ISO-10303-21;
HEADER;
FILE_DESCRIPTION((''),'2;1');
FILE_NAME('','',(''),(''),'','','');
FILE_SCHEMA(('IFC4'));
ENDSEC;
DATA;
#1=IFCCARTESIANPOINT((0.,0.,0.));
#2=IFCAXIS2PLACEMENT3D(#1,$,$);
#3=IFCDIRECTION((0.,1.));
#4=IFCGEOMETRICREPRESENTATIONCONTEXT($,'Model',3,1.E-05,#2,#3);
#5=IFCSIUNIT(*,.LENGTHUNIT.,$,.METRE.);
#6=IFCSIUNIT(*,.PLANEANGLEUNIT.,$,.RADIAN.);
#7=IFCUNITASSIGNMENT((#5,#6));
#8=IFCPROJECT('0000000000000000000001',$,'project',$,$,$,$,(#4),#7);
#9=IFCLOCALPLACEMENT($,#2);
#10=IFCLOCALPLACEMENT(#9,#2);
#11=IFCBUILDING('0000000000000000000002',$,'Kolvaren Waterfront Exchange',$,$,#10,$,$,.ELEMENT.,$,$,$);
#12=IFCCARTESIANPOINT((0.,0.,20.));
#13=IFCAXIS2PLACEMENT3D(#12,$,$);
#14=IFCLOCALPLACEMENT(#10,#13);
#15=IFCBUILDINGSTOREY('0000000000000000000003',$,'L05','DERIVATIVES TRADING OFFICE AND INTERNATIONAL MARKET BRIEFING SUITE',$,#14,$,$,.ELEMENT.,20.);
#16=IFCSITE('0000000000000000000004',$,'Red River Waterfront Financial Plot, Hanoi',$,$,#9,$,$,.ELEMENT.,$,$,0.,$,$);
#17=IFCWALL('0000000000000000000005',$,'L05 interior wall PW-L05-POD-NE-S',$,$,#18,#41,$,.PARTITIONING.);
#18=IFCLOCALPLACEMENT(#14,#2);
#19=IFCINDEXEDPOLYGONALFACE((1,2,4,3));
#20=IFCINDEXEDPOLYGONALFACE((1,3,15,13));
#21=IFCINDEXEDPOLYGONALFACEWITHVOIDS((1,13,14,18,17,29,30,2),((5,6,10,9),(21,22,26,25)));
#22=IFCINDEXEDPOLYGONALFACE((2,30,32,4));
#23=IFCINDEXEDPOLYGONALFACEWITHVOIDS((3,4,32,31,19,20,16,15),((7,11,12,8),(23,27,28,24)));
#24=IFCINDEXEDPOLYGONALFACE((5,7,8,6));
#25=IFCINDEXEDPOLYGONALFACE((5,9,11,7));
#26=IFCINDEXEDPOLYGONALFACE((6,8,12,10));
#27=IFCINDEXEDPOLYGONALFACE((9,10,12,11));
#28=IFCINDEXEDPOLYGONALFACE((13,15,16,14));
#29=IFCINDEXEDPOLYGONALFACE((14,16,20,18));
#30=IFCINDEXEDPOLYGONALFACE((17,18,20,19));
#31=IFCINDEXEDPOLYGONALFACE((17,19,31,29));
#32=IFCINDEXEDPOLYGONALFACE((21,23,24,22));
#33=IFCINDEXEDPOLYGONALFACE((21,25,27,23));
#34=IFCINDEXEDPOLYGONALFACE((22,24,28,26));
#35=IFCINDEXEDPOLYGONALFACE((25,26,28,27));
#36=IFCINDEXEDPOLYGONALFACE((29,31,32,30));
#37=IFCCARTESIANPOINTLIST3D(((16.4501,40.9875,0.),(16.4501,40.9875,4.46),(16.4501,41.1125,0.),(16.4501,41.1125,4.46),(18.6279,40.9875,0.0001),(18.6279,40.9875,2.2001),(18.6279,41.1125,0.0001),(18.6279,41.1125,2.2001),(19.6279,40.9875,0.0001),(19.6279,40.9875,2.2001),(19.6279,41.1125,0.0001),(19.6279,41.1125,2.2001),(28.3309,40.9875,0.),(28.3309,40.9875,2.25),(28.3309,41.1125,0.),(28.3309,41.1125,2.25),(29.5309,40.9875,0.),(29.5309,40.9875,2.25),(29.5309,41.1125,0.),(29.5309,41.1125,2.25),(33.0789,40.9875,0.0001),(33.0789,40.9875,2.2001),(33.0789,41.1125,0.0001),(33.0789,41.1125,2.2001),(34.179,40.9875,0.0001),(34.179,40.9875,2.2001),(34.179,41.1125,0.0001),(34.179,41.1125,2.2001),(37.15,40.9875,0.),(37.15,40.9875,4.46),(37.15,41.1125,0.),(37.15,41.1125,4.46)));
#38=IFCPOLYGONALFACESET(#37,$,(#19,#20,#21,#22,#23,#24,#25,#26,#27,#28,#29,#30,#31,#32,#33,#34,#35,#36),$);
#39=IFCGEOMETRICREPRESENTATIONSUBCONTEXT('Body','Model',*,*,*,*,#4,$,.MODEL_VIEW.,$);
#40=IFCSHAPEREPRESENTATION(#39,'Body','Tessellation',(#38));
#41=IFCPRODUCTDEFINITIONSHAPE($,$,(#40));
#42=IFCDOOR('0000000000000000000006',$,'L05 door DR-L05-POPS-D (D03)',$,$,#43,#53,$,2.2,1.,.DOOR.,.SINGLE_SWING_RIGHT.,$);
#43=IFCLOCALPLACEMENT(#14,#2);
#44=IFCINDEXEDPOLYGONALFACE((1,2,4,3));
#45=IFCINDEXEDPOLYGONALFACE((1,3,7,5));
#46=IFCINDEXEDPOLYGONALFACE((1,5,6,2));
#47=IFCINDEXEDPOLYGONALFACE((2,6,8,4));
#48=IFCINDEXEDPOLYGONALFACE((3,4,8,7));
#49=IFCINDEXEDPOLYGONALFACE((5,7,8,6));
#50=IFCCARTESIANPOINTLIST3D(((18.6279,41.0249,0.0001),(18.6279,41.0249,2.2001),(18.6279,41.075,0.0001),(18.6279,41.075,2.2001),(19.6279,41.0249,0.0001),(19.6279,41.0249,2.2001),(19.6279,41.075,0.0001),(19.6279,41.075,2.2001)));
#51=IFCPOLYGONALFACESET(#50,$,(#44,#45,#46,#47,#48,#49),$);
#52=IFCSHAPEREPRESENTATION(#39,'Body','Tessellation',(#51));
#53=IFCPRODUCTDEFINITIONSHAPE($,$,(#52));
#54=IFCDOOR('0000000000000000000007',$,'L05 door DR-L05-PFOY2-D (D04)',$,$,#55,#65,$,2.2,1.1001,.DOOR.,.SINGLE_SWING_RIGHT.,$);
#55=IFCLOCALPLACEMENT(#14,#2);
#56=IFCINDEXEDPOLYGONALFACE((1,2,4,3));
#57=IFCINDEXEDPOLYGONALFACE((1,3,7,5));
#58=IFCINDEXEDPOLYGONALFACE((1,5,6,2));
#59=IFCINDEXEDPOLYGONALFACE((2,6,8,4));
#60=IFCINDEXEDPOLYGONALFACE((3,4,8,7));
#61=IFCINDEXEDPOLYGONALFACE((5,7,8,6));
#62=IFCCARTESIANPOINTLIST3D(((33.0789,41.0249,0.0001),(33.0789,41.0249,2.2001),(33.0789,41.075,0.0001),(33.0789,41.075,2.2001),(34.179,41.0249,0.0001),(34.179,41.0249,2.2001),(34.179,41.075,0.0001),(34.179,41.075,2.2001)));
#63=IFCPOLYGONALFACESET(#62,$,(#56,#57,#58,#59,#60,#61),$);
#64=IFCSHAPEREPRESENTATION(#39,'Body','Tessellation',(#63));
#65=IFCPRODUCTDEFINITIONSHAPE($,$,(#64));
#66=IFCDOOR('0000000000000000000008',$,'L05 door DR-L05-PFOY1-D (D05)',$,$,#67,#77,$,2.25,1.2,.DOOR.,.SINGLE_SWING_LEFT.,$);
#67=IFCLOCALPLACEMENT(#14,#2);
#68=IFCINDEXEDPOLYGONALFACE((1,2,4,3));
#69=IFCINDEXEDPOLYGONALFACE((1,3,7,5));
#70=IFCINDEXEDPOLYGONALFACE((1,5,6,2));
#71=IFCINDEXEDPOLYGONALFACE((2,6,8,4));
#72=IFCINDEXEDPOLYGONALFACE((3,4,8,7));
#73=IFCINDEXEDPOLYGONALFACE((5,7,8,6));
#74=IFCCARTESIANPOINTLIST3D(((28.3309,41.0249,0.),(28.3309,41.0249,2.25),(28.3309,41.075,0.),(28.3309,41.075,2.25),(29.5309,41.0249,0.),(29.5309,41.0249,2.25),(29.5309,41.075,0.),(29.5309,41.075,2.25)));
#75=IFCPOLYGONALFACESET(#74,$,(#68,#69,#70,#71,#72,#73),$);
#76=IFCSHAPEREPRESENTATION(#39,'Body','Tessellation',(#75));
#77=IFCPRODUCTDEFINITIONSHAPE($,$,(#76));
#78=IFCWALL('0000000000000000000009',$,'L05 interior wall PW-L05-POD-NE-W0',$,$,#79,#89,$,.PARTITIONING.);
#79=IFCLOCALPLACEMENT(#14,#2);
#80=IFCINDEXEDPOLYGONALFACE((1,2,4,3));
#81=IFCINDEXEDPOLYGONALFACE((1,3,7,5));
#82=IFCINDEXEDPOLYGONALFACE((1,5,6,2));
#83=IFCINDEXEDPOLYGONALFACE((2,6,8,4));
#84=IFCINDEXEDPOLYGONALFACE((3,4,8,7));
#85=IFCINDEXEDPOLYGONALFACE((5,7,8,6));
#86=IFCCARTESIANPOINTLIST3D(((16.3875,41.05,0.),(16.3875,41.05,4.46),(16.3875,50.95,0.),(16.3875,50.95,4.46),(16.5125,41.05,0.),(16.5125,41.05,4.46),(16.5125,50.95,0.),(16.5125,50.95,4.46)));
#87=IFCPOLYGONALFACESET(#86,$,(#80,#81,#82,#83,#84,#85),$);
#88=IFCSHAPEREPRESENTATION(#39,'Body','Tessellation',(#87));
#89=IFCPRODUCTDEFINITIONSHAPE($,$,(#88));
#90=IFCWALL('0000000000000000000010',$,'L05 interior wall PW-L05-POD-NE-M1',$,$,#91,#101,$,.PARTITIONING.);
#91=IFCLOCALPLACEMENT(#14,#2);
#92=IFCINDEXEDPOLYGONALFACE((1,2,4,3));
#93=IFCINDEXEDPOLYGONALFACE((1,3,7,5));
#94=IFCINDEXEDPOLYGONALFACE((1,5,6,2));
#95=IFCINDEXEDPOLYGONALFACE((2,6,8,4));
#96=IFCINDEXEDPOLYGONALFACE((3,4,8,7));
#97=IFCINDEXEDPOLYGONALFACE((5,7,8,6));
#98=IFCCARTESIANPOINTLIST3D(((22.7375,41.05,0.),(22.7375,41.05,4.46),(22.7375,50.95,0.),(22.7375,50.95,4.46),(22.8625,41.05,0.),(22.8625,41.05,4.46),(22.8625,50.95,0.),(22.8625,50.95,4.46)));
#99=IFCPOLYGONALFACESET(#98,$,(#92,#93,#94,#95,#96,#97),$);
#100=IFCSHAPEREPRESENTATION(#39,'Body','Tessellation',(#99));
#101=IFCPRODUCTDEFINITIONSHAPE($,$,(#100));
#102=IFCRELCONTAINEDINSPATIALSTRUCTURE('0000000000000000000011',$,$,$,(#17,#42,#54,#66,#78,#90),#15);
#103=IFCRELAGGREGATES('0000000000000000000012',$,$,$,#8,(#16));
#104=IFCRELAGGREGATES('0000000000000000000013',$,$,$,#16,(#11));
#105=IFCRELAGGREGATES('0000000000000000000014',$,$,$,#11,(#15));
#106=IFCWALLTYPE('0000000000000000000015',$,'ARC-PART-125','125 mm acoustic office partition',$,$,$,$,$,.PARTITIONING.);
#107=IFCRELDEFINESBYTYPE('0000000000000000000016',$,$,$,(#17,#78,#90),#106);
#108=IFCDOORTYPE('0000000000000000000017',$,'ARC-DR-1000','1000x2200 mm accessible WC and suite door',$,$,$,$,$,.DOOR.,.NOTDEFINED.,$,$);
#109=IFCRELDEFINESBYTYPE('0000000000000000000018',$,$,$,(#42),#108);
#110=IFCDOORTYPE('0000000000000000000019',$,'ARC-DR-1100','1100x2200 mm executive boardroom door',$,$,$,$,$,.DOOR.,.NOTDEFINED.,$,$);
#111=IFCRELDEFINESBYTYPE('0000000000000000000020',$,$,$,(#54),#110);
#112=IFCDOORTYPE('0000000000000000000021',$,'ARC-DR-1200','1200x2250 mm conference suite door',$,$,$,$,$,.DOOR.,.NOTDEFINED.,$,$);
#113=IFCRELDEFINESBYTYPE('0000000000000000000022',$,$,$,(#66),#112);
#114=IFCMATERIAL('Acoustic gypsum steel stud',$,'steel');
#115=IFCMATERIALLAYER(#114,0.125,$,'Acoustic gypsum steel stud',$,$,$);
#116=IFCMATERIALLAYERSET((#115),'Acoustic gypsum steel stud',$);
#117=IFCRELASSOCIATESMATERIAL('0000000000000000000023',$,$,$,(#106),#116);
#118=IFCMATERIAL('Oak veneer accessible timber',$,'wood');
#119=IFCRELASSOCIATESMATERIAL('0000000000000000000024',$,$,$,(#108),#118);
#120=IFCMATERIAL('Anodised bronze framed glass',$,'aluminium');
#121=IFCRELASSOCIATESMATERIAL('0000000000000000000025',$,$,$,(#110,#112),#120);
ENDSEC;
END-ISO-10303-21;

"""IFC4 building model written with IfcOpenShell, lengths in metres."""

from ifc_helpers import new_model, si_unit, direction, frame, frame_2d, origin, place, context, subcontext, project, spatial, rectangle, extrude, material, layer, layer_set, type_object, element, fill, save


model = new_model("IFC4")

# Units and contexts
model_context = context("Model", 3, precision=1e-05, world=origin(), true_north=direction((0.0, 1.0)))
body_context = subcontext(model_context, "Body", "Model", "MODEL_VIEW")
ifc_project = project(units=[si_unit("LENGTHUNIT", "METRE"), si_unit("PLANEANGLEUNIT", "RADIAN")], contexts=[model_context])

# Site, building, storey
site_placement = place(None, origin())
site = spatial("IfcSite", under=ifc_project, at=site_placement, Name="Red River Waterfront Financial Plot, Hanoi", CompositionType="ELEMENT", RefElevation=0.0)
building_placement = place(site_placement, origin())
building = spatial("IfcBuilding", under=site, at=building_placement, Name="Kolvaren Waterfront Exchange", CompositionType="ELEMENT")
storey_placement = place(building_placement, frame((0.0, 0.0, 20.0)))
storey = spatial("IfcBuildingStorey", under=building, at=storey_placement, Name="L05", Description="DERIVATIVES TRADING OFFICE AND INTERNATIONAL MARKET BRIEFING SUITE", CompositionType="ELEMENT", Elevation=20.0)

# Wall, openings, doors
ifc_material_1 = material(Name="Acoustic gypsum steel stud", Category="steel")
ifc_layer_1 = layer(ifc_material_1, 0.125, Name="Acoustic gypsum steel stud")
ifc_layer_set_1 = layer_set([ifc_layer_1], Name="Acoustic gypsum steel stud")
wall_type = type_object("IfcWallType", Name="ARC-PART-125", Description="125 mm acoustic office partition", PredefinedType="PARTITIONING", material=ifc_layer_set_1)
ifc_material_2 = material(Name="Oak veneer accessible timber", Category="wood")
door_type_1 = type_object("IfcDoorType", Name="ARC-DR-1000", Description="1000x2200 mm accessible WC and suite door", OperationType="NOTDEFINED", PredefinedType="DOOR", material=ifc_material_2)
wall_1_placement = place(storey_placement, frame((16.45, 41.05, 0.0), z_axis=(0.0, 0.0, 1.0), x_axis=(1.0, 0.0, 0.0)))
wall_1 = element("IfcWall", 1, at=wall_1_placement, inside=storey, type_object=wall_type, Name="L05 interior wall PW-L05-POD-NE-S", PredefinedType="PARTITIONING", context=body_context, shape_type="SweptSolid", body=[
    extrude(rectangle(XDim=20.7, YDim=0.125, at=frame_2d((10.3501, 0.0))), origin(), (0.0, 0.0, 1.0), 4.46),
])
opening_1_placement = place(wall_1_placement, frame((2.178, 0.0, 0.0)))
opening_1 = element("IfcOpeningElement", 2, at=opening_1_placement, cuts=wall_1, PredefinedType="OPENING", context=body_context, shape_type="SweptSolid", body=[
    extrude(rectangle(XDim=1.0, YDim=2.2, at=frame_2d((0.5, 1.1001))), frame((0.0, 0.0725, 0.0), z_axis=(0.0, -1.0, 0.0), x_axis=(1.0, 0.0, 0.0)), (0.0, 0.0, 1.0), 0.145),
])
opening_2_placement = place(wall_1_placement, frame((11.8809, 0.0, 0.0)))
opening_2 = element("IfcOpeningElement", 3, at=opening_2_placement, cuts=wall_1, PredefinedType="OPENING", context=body_context, shape_type="SweptSolid", body=[
    extrude(rectangle(XDim=1.2, YDim=2.25, at=frame_2d((0.6001, 1.125))), frame((0.0, 0.0725, 0.0), z_axis=(0.0, -1.0, 0.0), x_axis=(1.0, 0.0, 0.0)), (0.0, 0.0, 1.0), 0.145),
])
opening_3_placement = place(wall_1_placement, frame((16.6289, 0.0, 0.0)))
opening_3 = element("IfcOpeningElement", 4, at=opening_3_placement, cuts=wall_1, PredefinedType="OPENING", context=body_context, shape_type="SweptSolid", body=[
    extrude(rectangle(XDim=1.1001, YDim=2.2, at=frame_2d((0.55, 1.1001))), frame((0.0, 0.0725, 0.0), z_axis=(0.0, -1.0, 0.0), x_axis=(1.0, 0.0, 0.0)), (0.0, 0.0, 1.0), 0.145),
])
door_1_placement = place(opening_1_placement, origin())
door_1 = element("IfcDoor", 5, at=door_1_placement, inside=storey, type_object=door_type_1, Name="L05 door DR-L05-POPS-D (D03)", OperationType="SINGLE_SWING_RIGHT", OverallHeight=2.2, OverallWidth=1.0, PredefinedType="DOOR", context=body_context, shape_type="SweptSolid", body=[
    extrude(rectangle(XDim=1.0, YDim=2.2, at=frame_2d((0.5, 1.1001))), frame((0.0, 0.0249, 0.0), z_axis=(0.0, -1.0, 0.0), x_axis=(1.0, 0.0, 0.0)), (0.0, 0.0, 1.0), 0.05),
])
fill(opening_1, door_1)
ifc_material_3 = material(Name="Anodised bronze framed glass", Category="aluminium")
door_type_2 = type_object("IfcDoorType", Name="ARC-DR-1100", Description="1100x2200 mm executive boardroom door", OperationType="NOTDEFINED", PredefinedType="DOOR", material=ifc_material_3)
door_2_placement = place(opening_3_placement, origin())
door_2 = element("IfcDoor", 6, at=door_2_placement, inside=storey, type_object=door_type_2, Name="L05 door DR-L05-PFOY2-D (D04)", OperationType="SINGLE_SWING_RIGHT", OverallHeight=2.2, OverallWidth=1.1001, PredefinedType="DOOR", context=body_context, shape_type="SweptSolid", body=[
    extrude(rectangle(XDim=1.1001, YDim=2.2, at=frame_2d((0.55, 1.1001))), frame((0.0, 0.0249, 0.0), z_axis=(0.0, -1.0, 0.0), x_axis=(1.0, 0.0, 0.0)), (0.0, 0.0, 1.0), 0.05),
])
fill(opening_3, door_2)
door_type_3 = type_object("IfcDoorType", Name="ARC-DR-1200", Description="1200x2250 mm conference suite door", OperationType="NOTDEFINED", PredefinedType="DOOR", material=ifc_material_3)
door_3_placement = place(opening_2_placement, origin())
door_3 = element("IfcDoor", 7, at=door_3_placement, inside=storey, type_object=door_type_3, Name="L05 door DR-L05-PFOY1-D (D05)", OperationType="SINGLE_SWING_LEFT", OverallHeight=2.25, OverallWidth=1.2, PredefinedType="DOOR", context=body_context, shape_type="SweptSolid", body=[
    extrude(rectangle(XDim=1.2, YDim=2.25, at=frame_2d((0.6001, 1.125))), frame((0.0, 0.0249, 0.0), z_axis=(0.0, -1.0, 0.0), x_axis=(1.0, 0.0, 0.0)), (0.0, 0.0, 1.0), 0.05),
])
fill(opening_2, door_3)

# Walls
for number, where, z_axis, x_axis, name in (
    (8, (16.45, 41.05, 0.0), (0.0, 0.0, 1.0), (0.0, 1.0, 0.0), "L05 interior wall PW-L05-POD-NE-W0"),
    (9, (22.8, 41.05, 0.0), (0.0, 0.0, 1.0), (0.0, 1.0, 0.0), "L05 interior wall PW-L05-POD-NE-M1"),
):
    element("IfcWall", number, at=place(storey_placement, frame(where, z_axis=z_axis, x_axis=x_axis)), inside=storey, type_object=wall_type, Name=name, PredefinedType="PARTITIONING", context=body_context, shape_type="SweptSolid", body=[
        extrude(rectangle(XDim=9.8999, YDim=0.125, at=frame_2d((4.95, 0.0))), origin(), (0.0, 0.0, 1.0), 4.46),
    ])

save(model, "model.ifc")
